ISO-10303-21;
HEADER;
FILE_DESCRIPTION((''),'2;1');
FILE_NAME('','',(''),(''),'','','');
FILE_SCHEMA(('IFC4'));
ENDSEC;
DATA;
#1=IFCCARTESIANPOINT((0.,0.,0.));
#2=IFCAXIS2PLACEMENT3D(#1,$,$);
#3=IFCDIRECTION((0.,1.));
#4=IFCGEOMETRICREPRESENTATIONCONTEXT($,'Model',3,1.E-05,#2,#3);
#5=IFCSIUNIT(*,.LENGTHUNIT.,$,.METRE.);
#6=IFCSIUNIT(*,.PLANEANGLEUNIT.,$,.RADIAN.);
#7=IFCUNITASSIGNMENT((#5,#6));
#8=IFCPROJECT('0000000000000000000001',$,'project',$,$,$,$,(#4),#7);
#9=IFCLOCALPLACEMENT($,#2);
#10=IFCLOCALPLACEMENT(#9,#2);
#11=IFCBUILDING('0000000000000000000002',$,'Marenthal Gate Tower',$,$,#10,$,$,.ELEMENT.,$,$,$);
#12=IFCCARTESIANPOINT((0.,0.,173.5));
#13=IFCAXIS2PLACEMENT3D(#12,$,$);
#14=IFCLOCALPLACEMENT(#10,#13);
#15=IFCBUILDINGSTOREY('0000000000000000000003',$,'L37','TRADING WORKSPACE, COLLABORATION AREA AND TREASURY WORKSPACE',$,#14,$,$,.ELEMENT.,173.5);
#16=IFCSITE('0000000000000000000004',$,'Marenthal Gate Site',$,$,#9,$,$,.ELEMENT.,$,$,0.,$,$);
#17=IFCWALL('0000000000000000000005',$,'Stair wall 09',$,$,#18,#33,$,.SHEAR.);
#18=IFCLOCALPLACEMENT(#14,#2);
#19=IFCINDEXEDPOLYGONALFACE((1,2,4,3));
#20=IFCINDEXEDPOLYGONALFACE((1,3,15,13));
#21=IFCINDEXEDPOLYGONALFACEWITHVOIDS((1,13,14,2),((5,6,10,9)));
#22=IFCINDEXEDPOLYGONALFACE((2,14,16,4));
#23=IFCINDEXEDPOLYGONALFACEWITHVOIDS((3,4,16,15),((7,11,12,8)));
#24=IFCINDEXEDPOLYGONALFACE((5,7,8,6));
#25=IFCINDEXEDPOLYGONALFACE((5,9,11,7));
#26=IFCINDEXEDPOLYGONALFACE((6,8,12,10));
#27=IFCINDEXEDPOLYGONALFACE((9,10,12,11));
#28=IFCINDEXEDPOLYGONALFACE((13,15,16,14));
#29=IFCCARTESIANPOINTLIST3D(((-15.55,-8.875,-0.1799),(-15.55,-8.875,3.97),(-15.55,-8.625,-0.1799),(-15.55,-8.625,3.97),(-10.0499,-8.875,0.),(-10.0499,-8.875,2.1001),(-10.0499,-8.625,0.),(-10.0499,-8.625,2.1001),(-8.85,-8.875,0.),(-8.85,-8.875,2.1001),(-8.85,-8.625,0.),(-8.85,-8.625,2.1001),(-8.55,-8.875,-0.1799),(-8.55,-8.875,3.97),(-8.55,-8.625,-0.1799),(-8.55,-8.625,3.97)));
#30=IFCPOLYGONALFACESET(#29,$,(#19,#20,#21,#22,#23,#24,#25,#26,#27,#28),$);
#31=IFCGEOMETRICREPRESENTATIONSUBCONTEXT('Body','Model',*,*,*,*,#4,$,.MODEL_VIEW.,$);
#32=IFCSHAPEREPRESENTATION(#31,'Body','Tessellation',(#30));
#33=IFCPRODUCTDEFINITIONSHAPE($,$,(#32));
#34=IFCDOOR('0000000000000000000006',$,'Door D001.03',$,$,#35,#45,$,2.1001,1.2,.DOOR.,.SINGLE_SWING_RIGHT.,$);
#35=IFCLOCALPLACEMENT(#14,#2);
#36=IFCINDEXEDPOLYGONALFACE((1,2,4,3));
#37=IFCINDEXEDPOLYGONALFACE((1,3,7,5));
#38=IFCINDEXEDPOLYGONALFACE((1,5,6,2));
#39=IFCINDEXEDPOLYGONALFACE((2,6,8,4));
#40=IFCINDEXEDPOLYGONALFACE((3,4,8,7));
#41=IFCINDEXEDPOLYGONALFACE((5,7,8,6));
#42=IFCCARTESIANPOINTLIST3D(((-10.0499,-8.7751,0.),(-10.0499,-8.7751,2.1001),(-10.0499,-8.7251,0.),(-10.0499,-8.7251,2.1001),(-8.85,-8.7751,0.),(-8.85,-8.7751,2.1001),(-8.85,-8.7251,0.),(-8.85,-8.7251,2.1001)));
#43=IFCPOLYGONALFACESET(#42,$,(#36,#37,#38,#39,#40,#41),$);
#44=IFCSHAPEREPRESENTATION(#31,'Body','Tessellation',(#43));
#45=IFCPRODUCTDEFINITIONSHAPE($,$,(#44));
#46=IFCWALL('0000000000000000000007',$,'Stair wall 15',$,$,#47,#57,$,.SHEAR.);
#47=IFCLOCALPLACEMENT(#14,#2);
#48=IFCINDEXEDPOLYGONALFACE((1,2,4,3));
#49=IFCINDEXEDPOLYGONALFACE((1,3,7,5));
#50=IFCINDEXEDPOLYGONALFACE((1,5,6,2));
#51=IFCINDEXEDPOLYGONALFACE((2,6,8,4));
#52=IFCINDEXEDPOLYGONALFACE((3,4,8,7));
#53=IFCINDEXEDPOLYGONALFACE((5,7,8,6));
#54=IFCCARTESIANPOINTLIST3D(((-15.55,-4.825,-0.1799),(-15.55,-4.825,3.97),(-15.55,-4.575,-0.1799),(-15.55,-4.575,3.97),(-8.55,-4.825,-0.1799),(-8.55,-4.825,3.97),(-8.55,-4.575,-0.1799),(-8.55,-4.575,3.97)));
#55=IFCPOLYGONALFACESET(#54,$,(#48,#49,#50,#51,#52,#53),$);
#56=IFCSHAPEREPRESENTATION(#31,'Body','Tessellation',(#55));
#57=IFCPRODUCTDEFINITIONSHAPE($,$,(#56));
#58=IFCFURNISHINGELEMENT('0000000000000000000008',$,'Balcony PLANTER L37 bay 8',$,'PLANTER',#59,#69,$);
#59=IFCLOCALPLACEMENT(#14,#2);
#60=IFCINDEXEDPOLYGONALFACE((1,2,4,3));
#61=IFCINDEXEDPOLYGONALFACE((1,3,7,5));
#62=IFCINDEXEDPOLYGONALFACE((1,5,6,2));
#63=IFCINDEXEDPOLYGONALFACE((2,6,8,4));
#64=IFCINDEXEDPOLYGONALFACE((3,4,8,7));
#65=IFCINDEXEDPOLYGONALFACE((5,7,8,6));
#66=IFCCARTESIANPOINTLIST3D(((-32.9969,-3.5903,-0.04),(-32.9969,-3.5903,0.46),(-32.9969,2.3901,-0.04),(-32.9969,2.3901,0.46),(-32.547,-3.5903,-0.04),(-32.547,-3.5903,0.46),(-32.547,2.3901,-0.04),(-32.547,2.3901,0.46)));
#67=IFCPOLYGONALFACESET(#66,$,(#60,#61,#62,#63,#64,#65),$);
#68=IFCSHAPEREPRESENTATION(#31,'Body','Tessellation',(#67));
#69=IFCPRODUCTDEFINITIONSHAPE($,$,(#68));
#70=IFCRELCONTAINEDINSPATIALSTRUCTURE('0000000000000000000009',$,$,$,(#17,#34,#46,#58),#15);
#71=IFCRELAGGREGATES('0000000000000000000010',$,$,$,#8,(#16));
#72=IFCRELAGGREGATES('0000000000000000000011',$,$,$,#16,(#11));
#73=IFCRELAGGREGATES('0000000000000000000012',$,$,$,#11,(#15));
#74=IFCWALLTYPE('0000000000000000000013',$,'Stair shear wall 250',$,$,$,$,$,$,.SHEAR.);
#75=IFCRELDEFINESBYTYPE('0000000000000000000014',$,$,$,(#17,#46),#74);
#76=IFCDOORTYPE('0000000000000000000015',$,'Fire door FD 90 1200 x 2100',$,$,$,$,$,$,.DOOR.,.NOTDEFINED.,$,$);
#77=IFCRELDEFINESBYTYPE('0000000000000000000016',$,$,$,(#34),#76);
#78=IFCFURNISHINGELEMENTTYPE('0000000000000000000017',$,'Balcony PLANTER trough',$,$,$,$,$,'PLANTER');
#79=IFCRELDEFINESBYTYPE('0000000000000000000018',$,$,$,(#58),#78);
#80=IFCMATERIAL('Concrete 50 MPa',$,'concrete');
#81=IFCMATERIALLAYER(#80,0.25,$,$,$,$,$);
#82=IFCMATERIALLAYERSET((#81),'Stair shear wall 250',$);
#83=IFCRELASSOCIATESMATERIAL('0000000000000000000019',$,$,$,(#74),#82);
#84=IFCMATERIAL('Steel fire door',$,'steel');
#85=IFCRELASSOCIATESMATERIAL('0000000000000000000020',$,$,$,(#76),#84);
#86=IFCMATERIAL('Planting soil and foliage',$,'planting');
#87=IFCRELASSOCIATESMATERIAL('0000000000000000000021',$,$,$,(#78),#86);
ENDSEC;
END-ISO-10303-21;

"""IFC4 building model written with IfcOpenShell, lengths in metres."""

from ifc_helpers import new_model, si_unit, direction, frame, frame_2d, origin, origin_2d, place, context, subcontext, project, spatial, rectangle, extrude, material, layer, layer_set, type_object, element, fill, save


model = new_model("IFC4")

# Units and contexts
model_context = context("Model", 3, precision=1e-05, world=origin(), true_north=direction((0.0, 1.0)))
body_context = subcontext(model_context, "Body", "Model", "MODEL_VIEW")
ifc_project = project(units=[si_unit("LENGTHUNIT", "METRE"), si_unit("PLANEANGLEUNIT", "RADIAN")], contexts=[model_context])

# Site, building, storey
site_placement = place(None, origin())
site = spatial("IfcSite", under=ifc_project, at=site_placement, Name="Marenthal Gate Site", CompositionType="ELEMENT", RefElevation=0.0)
building_placement = place(site_placement, origin())
building = spatial("IfcBuilding", under=site, at=building_placement, Name="Marenthal Gate Tower", CompositionType="ELEMENT")
storey_placement = place(building_placement, frame((0.0, 0.0, 173.5)))
storey = spatial("IfcBuildingStorey", under=building, at=storey_placement, Name="L37", Description="TRADING WORKSPACE, COLLABORATION AREA AND TREASURY WORKSPACE", CompositionType="ELEMENT", Elevation=173.5)

# Wall, opening, door
ifc_material_1 = material(Name="Concrete 50 MPa", Category="concrete")
ifc_layer_1 = layer(ifc_material_1, 0.25)
ifc_layer_set_1 = layer_set([ifc_layer_1], Name="Stair shear wall 250")
wall_type_1 = type_object("IfcWallType", Name="Stair shear wall 250", PredefinedType="SHEAR", material=ifc_layer_set_1)
wall_1_placement = place(storey_placement, frame((-15.55, -8.75, -0.1799), z_axis=(0.0, 0.0, 1.0), x_axis=(1.0, 0.0, 0.0)))
wall_1 = element("IfcWall", 1, at=wall_1_placement, inside=storey, type_object=wall_type_1, Name="Stair wall 09", PredefinedType="SHEAR", context=body_context, shape_type="SweptSolid", body=[
    extrude(rectangle(XDim=7.0, YDim=0.25, at=frame_2d((3.5, 0.0))), origin(), (0.0, 0.0, 1.0), 4.1499),
])
opening_placement = place(wall_1_placement, frame((5.5, 0.0, 0.1799)))
opening = element("IfcOpeningElement", 2, at=opening_placement, cuts=wall_1, PredefinedType="OPENING", context=body_context, shape_type="SweptSolid", body=[
    extrude(rectangle(XDim=1.2, YDim=2.1001, at=frame_2d((0.6001, 1.05))), frame((0.0, 0.135, 0.0), z_axis=(0.0, -1.0, 0.0), x_axis=(1.0, 0.0, 0.0)), (0.0, 0.0, 1.0), 0.27),
])
ifc_material_2 = material(Name="Steel fire door", Category="steel")
door_type = type_object("IfcDoorType", Name="Fire door FD 90 1200 x 2100", OperationType="NOTDEFINED", PredefinedType="DOOR", material=ifc_material_2)
door_placement = place(opening_placement, origin())
door = element("IfcDoor", 3, at=door_placement, inside=storey, type_object=door_type, Name="Door D001.03", OperationType="SINGLE_SWING_RIGHT", OverallHeight=2.1001, OverallWidth=1.2, PredefinedType="DOOR", context=body_context, shape_type="SweptSolid", body=[
    extrude(rectangle(XDim=1.2, YDim=2.1001, at=frame_2d((0.6001, 1.05))), frame((0.0, 0.0249, 0.0), z_axis=(0.0, -1.0, 0.0), x_axis=(1.0, 0.0, 0.0)), (0.0, 0.0, 1.0), 0.05),
])
fill(opening, door)

# Wall
wall_2_placement = place(storey_placement, frame((-15.55, -4.7, -0.1799), z_axis=(0.0, 0.0, 1.0), x_axis=(1.0, 0.0, 0.0)))
element("IfcWall", 4, at=wall_2_placement, inside=storey, type_object=wall_type_1, Name="Stair wall 15", PredefinedType="SHEAR", context=body_context, shape_type="SweptSolid", body=[
    extrude(rectangle(XDim=7.0, YDim=0.25, at=frame_2d((3.5, 0.0))), origin(), (0.0, 0.0, 1.0), 4.1499),
])

# Furnishing element
ifc_material_3 = material(Name="Planting soil and foliage", Category="planting")
furnishing_element_type = type_object("IfcFurnishingElementType", Name="Balcony PLANTER trough", ElementType="PLANTER", material=ifc_material_3)
furnishing_placement = place(storey_placement, frame((-32.772, -0.6001, -0.04), z_axis=(0.0, 0.0, 1.0), x_axis=(0.0, -1.0, 0.0)))
element("IfcFurnishingElement", 5, at=furnishing_placement, inside=storey, type_object=furnishing_element_type, Name="Balcony PLANTER L37 bay 8", ObjectType="PLANTER", context=body_context, shape_type="SweptSolid", body=[
    extrude(rectangle(XDim=5.9805, YDim=0.45, at=origin_2d()), origin(), (0.0, 0.0, 1.0), 0.5),
])

save(model, "model.ifc")
